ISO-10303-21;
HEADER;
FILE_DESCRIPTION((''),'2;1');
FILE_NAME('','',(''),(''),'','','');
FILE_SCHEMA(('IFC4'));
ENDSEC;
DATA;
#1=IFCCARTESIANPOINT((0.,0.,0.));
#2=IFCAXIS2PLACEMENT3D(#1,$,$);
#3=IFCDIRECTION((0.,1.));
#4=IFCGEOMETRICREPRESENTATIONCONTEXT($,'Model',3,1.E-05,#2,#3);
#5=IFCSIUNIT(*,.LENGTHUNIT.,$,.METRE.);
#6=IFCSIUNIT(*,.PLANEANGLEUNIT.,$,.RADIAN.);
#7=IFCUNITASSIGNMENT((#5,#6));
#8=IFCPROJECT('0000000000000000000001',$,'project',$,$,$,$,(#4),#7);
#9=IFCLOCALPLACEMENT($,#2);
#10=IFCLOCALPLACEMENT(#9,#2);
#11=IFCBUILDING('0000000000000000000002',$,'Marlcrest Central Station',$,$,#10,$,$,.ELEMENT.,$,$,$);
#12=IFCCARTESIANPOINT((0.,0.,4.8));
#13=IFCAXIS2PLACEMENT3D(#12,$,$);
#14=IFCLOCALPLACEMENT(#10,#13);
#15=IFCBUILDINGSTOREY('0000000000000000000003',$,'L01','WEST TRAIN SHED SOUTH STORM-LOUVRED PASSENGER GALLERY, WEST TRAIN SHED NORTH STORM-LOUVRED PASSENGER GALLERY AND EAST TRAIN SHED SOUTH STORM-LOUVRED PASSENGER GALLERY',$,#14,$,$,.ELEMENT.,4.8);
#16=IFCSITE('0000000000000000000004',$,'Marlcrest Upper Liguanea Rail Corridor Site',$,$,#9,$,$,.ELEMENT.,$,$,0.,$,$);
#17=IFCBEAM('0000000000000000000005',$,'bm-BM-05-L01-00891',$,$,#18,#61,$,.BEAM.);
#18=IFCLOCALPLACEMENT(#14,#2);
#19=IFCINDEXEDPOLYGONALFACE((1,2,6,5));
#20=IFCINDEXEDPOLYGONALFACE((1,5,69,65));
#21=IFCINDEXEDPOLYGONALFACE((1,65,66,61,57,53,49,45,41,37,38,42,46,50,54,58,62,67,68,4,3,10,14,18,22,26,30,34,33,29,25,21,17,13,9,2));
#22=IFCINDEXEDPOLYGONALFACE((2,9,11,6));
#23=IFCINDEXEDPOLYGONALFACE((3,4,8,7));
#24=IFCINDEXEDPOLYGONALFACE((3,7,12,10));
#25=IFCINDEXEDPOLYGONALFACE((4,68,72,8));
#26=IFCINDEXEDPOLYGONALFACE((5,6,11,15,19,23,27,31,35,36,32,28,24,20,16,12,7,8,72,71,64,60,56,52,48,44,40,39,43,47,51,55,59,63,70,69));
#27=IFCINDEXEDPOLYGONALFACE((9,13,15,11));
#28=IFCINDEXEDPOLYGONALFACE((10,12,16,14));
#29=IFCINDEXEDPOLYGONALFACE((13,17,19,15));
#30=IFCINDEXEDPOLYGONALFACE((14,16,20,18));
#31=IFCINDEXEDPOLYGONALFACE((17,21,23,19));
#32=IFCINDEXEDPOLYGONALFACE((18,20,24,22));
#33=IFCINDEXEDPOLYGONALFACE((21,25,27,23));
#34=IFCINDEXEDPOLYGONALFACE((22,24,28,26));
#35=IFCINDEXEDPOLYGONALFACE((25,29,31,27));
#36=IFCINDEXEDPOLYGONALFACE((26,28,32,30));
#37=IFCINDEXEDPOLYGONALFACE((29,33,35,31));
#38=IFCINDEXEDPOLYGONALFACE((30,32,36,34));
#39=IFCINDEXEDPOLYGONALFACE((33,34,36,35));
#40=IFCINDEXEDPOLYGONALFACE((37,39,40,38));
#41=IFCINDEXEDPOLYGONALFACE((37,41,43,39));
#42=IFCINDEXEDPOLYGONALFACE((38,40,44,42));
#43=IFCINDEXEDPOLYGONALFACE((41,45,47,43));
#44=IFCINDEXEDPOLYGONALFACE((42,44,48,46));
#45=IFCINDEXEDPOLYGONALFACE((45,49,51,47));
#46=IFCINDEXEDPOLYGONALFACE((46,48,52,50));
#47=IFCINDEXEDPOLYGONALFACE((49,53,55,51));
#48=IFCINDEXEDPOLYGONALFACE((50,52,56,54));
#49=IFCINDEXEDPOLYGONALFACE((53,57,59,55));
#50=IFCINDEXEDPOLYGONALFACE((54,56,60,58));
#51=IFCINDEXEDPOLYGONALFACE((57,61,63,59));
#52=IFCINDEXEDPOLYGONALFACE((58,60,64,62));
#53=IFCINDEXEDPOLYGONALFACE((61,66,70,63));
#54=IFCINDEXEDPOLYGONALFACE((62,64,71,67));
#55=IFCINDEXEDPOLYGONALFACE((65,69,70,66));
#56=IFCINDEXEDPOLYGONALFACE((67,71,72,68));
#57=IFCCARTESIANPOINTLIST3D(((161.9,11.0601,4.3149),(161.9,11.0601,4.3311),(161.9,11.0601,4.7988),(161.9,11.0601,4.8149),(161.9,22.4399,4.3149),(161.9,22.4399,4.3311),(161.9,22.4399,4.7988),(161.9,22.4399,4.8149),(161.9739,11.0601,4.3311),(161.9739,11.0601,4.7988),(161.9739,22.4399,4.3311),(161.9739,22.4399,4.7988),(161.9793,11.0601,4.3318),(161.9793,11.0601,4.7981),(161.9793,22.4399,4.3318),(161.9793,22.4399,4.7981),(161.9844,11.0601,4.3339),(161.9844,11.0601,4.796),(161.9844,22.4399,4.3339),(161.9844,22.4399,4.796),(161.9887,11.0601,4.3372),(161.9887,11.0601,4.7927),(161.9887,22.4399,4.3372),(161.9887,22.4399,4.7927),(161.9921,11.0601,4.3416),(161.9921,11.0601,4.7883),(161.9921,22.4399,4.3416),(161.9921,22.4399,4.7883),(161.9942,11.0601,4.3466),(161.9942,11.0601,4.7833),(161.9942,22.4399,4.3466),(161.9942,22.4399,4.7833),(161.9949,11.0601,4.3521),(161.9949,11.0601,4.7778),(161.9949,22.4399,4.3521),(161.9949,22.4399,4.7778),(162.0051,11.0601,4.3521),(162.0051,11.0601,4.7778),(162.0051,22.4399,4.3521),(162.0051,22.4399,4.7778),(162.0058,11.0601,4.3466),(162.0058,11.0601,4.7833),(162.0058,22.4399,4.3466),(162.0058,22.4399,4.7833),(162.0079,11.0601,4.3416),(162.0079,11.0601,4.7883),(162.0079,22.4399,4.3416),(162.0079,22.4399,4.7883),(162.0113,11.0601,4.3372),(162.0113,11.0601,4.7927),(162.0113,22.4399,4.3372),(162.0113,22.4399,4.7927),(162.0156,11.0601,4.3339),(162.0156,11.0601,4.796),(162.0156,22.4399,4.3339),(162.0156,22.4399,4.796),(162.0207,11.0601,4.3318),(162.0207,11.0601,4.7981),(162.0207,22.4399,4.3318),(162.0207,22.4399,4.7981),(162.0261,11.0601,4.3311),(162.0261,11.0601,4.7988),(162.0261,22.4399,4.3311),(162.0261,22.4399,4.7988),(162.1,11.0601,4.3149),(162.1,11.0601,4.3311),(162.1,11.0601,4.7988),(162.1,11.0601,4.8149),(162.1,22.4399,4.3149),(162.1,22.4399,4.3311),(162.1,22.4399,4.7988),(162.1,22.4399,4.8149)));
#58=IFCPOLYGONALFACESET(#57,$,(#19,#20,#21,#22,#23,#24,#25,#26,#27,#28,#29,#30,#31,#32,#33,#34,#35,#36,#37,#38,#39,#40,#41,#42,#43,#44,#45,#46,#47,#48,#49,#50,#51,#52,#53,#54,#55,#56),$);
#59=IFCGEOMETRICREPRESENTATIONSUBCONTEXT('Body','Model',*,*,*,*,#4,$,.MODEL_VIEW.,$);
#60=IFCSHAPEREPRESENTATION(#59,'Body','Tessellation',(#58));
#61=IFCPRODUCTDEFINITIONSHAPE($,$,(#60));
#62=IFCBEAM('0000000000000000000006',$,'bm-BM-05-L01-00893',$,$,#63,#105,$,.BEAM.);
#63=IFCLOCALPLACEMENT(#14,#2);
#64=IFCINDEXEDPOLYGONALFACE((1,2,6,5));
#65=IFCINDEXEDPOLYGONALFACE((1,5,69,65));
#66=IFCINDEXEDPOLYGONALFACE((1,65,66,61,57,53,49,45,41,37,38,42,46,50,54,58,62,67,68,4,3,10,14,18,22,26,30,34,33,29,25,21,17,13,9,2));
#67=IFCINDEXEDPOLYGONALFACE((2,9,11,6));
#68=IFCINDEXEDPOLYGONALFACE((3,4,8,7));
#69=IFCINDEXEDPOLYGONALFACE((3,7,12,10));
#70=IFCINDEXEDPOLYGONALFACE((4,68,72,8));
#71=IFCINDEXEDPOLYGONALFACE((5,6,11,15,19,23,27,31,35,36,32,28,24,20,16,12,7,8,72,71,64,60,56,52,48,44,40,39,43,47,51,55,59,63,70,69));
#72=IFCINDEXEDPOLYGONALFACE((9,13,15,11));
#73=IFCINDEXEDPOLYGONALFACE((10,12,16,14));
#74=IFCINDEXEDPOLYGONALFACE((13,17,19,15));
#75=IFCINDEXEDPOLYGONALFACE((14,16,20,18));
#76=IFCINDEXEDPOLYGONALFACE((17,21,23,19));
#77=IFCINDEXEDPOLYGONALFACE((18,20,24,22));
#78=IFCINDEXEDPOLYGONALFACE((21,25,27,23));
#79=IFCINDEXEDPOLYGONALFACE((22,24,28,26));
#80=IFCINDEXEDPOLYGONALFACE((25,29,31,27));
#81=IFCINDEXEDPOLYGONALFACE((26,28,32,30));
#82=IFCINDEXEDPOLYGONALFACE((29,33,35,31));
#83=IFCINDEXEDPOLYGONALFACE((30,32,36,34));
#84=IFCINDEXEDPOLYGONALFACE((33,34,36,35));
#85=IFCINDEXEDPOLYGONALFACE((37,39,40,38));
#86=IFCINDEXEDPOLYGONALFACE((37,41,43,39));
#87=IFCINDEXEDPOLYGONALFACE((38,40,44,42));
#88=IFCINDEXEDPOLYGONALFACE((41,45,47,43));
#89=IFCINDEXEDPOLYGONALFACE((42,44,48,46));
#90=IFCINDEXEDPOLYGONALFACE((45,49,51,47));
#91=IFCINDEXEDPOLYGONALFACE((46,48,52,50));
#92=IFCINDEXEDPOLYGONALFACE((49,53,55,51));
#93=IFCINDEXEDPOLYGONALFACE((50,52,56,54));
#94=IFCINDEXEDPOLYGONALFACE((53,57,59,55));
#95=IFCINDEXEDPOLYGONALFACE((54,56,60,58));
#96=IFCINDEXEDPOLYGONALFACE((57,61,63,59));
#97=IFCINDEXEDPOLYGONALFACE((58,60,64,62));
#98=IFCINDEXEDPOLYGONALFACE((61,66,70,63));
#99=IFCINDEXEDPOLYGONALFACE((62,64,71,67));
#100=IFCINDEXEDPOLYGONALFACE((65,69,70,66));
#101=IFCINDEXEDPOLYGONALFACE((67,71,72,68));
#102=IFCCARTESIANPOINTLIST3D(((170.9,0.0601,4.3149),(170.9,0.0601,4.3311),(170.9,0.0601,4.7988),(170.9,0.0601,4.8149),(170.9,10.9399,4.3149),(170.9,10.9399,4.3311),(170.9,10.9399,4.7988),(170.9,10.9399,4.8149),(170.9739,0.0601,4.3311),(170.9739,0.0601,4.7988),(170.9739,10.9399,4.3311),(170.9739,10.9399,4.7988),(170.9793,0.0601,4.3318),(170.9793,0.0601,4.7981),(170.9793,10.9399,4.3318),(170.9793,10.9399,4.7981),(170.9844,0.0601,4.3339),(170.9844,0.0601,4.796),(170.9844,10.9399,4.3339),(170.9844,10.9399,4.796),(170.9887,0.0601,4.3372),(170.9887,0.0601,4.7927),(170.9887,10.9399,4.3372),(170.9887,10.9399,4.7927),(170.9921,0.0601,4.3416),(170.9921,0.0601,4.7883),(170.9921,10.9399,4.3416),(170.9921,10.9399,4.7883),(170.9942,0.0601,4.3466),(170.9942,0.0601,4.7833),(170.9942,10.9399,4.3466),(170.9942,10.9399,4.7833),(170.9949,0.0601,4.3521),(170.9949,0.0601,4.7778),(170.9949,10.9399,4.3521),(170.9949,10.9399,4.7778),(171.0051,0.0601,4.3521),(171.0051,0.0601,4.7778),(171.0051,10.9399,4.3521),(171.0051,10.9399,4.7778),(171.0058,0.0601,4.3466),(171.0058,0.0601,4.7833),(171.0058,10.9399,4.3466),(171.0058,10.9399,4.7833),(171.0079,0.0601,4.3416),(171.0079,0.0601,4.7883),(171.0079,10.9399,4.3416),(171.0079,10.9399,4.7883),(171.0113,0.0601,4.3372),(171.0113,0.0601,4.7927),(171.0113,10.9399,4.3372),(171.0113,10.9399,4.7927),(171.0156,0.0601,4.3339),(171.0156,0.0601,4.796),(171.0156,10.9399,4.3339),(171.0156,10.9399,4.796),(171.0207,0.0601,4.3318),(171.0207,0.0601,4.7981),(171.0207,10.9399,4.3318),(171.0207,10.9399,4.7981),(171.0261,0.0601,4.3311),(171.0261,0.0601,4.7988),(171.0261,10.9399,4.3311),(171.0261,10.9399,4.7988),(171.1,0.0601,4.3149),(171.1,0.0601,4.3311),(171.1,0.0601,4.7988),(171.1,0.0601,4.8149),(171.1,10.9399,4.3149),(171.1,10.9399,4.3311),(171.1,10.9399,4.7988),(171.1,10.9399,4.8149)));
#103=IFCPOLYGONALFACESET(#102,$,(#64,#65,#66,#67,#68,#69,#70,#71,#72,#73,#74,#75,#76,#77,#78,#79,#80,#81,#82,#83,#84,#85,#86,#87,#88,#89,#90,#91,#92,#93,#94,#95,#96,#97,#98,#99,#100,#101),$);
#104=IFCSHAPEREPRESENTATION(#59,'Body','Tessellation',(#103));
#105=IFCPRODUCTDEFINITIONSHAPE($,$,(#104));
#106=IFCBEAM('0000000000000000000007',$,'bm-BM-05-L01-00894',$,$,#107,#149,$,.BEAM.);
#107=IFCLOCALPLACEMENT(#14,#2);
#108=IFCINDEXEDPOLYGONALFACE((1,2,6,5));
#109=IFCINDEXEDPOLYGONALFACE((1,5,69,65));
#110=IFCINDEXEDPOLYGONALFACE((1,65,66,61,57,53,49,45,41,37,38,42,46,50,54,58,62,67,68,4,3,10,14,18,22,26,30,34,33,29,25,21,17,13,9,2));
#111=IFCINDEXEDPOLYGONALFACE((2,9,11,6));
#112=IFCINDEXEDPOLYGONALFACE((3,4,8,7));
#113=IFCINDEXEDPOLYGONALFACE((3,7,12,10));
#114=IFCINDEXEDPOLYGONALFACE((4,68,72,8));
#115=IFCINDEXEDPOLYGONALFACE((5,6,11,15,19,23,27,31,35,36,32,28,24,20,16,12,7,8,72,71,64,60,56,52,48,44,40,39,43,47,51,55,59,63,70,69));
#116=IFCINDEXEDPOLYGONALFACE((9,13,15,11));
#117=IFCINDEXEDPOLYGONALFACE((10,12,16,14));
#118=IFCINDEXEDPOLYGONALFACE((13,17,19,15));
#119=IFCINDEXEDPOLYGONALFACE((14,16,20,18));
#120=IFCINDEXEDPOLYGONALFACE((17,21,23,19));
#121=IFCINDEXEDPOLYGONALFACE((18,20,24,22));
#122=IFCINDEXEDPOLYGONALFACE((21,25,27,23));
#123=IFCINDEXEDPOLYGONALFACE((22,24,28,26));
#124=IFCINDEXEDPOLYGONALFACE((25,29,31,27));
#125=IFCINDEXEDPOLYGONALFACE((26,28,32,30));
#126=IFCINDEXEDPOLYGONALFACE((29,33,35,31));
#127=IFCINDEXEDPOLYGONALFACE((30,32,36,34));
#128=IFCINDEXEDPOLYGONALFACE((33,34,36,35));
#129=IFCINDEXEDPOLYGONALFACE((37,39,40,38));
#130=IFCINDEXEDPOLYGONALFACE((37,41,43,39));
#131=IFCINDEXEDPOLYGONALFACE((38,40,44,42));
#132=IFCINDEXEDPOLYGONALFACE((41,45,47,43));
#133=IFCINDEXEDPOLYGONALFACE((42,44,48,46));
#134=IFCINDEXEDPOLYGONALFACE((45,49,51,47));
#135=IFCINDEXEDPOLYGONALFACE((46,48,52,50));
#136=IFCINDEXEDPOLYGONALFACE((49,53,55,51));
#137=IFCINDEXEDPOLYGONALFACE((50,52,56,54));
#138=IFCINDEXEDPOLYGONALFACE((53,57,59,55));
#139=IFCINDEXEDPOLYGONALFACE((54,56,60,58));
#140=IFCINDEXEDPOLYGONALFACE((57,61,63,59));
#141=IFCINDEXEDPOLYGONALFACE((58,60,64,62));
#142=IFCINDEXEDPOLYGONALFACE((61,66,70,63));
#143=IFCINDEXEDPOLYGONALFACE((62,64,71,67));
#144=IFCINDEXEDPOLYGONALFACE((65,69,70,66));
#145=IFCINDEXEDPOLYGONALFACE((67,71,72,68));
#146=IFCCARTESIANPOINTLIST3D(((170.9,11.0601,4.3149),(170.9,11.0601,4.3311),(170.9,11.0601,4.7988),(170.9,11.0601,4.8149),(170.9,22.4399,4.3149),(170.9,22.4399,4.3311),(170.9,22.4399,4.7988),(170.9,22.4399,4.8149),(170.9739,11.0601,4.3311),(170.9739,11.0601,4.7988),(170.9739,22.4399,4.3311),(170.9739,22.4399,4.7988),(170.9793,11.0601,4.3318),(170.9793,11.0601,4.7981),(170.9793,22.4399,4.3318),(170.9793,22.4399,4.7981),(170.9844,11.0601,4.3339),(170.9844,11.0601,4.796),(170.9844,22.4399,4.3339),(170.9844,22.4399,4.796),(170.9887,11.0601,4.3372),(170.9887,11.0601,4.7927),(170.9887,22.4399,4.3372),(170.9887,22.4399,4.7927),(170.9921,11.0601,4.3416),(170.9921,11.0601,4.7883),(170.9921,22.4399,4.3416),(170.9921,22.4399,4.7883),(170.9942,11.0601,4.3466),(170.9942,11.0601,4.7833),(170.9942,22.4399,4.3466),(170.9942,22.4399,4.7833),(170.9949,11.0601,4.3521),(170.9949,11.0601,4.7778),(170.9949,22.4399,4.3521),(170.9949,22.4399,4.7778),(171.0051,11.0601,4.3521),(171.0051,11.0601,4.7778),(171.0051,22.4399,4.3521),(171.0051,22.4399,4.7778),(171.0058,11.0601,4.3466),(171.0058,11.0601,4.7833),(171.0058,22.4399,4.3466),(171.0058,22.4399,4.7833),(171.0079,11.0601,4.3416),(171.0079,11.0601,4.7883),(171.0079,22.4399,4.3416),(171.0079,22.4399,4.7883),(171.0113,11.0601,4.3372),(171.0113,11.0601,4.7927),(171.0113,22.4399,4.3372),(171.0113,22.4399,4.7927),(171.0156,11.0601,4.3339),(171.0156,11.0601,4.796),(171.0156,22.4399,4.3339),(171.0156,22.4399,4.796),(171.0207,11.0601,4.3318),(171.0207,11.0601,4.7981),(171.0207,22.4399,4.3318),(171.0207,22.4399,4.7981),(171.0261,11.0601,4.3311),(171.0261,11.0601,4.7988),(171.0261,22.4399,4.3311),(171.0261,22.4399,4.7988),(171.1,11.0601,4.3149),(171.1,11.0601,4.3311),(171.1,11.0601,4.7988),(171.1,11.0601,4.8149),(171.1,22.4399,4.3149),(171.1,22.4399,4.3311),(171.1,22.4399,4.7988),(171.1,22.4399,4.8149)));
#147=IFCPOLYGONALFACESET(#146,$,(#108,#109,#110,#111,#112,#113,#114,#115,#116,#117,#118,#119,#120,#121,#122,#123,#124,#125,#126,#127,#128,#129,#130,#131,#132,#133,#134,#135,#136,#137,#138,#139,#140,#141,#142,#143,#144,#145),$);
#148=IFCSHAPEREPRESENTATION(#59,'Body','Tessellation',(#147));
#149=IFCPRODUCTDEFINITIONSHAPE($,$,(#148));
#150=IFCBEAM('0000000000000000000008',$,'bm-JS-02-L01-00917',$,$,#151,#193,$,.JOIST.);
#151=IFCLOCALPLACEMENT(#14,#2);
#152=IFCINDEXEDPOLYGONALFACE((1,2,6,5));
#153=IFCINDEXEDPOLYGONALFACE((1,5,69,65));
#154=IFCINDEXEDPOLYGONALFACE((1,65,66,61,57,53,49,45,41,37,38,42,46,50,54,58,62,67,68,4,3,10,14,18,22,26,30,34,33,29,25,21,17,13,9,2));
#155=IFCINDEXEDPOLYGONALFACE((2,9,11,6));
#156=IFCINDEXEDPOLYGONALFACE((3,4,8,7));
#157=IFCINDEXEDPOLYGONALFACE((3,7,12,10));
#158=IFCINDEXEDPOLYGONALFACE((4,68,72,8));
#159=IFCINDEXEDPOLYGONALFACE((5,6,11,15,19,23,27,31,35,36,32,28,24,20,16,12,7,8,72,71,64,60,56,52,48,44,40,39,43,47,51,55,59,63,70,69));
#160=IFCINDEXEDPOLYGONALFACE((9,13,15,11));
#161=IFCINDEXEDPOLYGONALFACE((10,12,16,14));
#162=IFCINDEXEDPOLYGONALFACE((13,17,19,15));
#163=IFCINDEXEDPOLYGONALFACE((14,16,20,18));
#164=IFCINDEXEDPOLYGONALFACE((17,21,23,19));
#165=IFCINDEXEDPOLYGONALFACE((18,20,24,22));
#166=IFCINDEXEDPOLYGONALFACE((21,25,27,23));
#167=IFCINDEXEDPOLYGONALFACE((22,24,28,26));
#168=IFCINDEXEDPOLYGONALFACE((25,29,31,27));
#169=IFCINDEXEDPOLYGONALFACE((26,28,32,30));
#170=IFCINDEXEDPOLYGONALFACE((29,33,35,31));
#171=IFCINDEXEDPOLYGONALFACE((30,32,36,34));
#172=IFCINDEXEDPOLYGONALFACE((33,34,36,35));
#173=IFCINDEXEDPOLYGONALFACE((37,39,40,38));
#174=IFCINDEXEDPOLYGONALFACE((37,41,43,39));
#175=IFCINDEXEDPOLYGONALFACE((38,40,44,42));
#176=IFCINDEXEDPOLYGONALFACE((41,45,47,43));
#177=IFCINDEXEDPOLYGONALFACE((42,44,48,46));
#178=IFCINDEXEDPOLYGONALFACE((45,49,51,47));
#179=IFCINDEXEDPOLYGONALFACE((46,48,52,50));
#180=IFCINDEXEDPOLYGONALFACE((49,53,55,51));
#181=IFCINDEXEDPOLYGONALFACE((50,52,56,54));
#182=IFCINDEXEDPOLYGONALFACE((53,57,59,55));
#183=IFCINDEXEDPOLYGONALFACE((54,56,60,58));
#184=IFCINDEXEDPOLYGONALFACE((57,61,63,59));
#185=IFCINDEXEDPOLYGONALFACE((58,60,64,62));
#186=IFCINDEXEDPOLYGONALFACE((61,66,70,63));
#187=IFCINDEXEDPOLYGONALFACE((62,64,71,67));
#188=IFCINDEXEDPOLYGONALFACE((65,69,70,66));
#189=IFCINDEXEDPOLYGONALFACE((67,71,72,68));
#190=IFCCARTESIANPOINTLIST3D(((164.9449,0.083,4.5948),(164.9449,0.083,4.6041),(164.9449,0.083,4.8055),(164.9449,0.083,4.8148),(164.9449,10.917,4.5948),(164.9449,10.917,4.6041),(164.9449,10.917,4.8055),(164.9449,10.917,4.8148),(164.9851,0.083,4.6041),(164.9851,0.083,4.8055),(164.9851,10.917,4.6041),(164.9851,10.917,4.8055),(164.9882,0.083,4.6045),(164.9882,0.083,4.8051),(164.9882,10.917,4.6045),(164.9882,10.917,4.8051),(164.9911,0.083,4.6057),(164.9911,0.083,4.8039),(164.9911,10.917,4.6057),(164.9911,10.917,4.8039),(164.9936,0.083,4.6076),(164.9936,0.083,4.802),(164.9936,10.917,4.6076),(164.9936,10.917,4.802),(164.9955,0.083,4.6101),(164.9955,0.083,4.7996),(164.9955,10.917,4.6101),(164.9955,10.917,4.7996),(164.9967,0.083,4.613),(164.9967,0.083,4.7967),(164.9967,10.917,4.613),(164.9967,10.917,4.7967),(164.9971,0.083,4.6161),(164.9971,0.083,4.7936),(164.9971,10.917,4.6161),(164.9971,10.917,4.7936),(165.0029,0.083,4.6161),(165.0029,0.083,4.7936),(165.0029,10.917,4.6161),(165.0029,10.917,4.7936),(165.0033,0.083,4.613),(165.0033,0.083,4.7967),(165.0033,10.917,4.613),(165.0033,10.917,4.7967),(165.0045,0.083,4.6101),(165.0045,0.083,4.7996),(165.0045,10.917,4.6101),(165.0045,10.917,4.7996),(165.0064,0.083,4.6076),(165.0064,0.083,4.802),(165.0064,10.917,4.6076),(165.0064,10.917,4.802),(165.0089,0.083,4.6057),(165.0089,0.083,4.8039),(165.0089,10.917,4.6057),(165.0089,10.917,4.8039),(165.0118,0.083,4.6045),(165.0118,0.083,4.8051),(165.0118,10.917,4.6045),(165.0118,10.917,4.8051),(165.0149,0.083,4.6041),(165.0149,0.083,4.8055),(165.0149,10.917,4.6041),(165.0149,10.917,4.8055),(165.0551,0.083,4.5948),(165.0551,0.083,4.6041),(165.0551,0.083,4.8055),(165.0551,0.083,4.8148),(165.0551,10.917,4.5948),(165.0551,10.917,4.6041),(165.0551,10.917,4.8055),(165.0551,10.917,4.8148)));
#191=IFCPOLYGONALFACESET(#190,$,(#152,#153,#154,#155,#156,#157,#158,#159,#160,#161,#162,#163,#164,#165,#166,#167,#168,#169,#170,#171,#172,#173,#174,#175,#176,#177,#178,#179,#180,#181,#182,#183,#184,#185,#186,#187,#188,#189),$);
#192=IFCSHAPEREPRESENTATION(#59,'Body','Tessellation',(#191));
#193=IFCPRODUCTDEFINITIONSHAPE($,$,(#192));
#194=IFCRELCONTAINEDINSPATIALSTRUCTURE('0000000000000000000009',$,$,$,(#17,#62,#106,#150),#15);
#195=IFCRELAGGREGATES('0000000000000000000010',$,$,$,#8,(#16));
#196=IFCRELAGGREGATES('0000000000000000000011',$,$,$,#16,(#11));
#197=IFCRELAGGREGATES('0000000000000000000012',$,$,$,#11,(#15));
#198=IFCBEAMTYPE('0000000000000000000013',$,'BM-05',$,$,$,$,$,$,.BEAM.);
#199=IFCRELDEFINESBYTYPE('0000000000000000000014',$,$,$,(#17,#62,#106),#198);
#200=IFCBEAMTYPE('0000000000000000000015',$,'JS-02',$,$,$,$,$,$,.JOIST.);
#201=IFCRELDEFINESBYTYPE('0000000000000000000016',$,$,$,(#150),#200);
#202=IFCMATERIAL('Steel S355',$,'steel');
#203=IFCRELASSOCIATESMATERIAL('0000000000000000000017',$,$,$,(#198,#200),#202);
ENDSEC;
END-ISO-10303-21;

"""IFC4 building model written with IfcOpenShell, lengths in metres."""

from ifc_helpers import new_model, si_unit, direction, frame, origin, origin_2d, place, context, subcontext, project, spatial, i_section, extrude, material, material_profile, profile_set, type_object, element, save


model = new_model("IFC4")

# Units and contexts
model_context = context("Model", 3, precision=1e-05, world=origin(), true_north=direction((0.0, 1.0)))
body_context = subcontext(model_context, "Body", "Model", "MODEL_VIEW")
ifc_project = project(units=[si_unit("LENGTHUNIT", "METRE"), si_unit("PLANEANGLEUNIT", "RADIAN")], contexts=[model_context])

# Site, building, storey
site_placement = place(None, origin())
site = spatial("IfcSite", under=ifc_project, at=site_placement, Name="Marlcrest Upper Liguanea Rail Corridor Site", CompositionType="ELEMENT", RefElevation=0.0)
building_placement = place(site_placement, origin())
building = spatial("IfcBuilding", under=site, at=building_placement, Name="Marlcrest Central Station", CompositionType="ELEMENT")
storey_placement = place(building_placement, frame((0.0, 0.0, 4.8)))
storey = spatial("IfcBuildingStorey", under=building, at=storey_placement, Name="L01", Description="WEST TRAIN SHED SOUTH STORM-LOUVRED PASSENGER GALLERY, WEST TRAIN SHED NORTH STORM-LOUVRED PASSENGER GALLERY AND EAST TRAIN SHED SOUTH STORM-LOUVRED PASSENGER GALLERY", CompositionType="ELEMENT", Elevation=4.8)

# Beams
ifc_material_1 = material(Name="Steel S355", Category="steel")
ifc_material_profile_1 = material_profile(ifc_material_1, i_section(OverallWidth=0.2, OverallDepth=0.5, WebThickness=0.0103, FlangeThickness=0.0161, FilletRadius=0.021, at=origin_2d()), Name="IPE 500")
ifc_profile_set_1 = profile_set([ifc_material_profile_1], Name="Steel S355")
beam_type_1 = type_object("IfcBeamType", Name="BM-05", PredefinedType="BEAM", material=ifc_profile_set_1)
beam_1_placement = place(storey_placement, frame((162.0, 11.0601, 4.5649), z_axis=(0.0, 1.0, 0.0), x_axis=(-1.0, 0.0, 0.0)))
element("IfcBeam", 1, at=beam_1_placement, inside=storey, type_object=beam_type_1, Name="bm-BM-05-L01-00891", PredefinedType="BEAM", context=body_context, shape_type="SweptSolid", body=[
    extrude(i_section(OverallWidth=0.2, OverallDepth=0.5, WebThickness=0.0103, FlangeThickness=0.0161, FilletRadius=0.021, at=origin_2d()), origin(), (0.0, 0.0, 1.0), 11.3799),
])
beam_2_placement = place(storey_placement, frame((171.0, 0.0601, 4.5649), z_axis=(0.0, 1.0, 0.0), x_axis=(-1.0, 0.0, 0.0)))
element("IfcBeam", 2, at=beam_2_placement, inside=storey, type_object=beam_type_1, Name="bm-BM-05-L01-00893", PredefinedType="BEAM", context=body_context, shape_type="SweptSolid", body=[
    extrude(i_section(OverallWidth=0.2, OverallDepth=0.5, WebThickness=0.0103, FlangeThickness=0.0161, FilletRadius=0.021, at=origin_2d()), origin(), (0.0, 0.0, 1.0), 10.8799),
])
beam_3_placement = place(storey_placement, frame((171.0, 11.0601, 4.5649), z_axis=(0.0, 1.0, 0.0), x_axis=(-1.0, 0.0, 0.0)))
element("IfcBeam", 3, at=beam_3_placement, inside=storey, type_object=beam_type_1, Name="bm-BM-05-L01-00894", PredefinedType="BEAM", context=body_context, shape_type="SweptSolid", body=[
    extrude(i_section(OverallWidth=0.2, OverallDepth=0.5, WebThickness=0.0103, FlangeThickness=0.0161, FilletRadius=0.021, at=origin_2d()), origin(), (0.0, 0.0, 1.0), 11.3799),
])
ifc_material_profile_2 = material_profile(ifc_material_1, i_section(OverallWidth=0.1101, OverallDepth=0.22, WebThickness=0.0059, FlangeThickness=0.0093, FilletRadius=0.012, at=origin_2d()), Name="IPE 220")
ifc_profile_set_2 = profile_set([ifc_material_profile_2], Name="Steel S355")
beam_type_2 = type_object("IfcBeamType", Name="JS-02", PredefinedType="JOIST", material=ifc_profile_set_2)
beam_4_placement = place(storey_placement, frame((165.0, 0.083, 4.7048), z_axis=(0.0, 1.0, 0.0), x_axis=(-1.0, 0.0, 0.0)))
element("IfcBeam", 4, at=beam_4_placement, inside=storey, type_object=beam_type_2, Name="bm-JS-02-L01-00917", PredefinedType="JOIST", context=body_context, shape_type="SweptSolid", body=[
    extrude(i_section(OverallWidth=0.1101, OverallDepth=0.22, WebThickness=0.0059, FlangeThickness=0.0093, FilletRadius=0.012, at=origin_2d()), origin(), (0.0, 0.0, 1.0), 10.834),
])

save(model, "model.ifc")
